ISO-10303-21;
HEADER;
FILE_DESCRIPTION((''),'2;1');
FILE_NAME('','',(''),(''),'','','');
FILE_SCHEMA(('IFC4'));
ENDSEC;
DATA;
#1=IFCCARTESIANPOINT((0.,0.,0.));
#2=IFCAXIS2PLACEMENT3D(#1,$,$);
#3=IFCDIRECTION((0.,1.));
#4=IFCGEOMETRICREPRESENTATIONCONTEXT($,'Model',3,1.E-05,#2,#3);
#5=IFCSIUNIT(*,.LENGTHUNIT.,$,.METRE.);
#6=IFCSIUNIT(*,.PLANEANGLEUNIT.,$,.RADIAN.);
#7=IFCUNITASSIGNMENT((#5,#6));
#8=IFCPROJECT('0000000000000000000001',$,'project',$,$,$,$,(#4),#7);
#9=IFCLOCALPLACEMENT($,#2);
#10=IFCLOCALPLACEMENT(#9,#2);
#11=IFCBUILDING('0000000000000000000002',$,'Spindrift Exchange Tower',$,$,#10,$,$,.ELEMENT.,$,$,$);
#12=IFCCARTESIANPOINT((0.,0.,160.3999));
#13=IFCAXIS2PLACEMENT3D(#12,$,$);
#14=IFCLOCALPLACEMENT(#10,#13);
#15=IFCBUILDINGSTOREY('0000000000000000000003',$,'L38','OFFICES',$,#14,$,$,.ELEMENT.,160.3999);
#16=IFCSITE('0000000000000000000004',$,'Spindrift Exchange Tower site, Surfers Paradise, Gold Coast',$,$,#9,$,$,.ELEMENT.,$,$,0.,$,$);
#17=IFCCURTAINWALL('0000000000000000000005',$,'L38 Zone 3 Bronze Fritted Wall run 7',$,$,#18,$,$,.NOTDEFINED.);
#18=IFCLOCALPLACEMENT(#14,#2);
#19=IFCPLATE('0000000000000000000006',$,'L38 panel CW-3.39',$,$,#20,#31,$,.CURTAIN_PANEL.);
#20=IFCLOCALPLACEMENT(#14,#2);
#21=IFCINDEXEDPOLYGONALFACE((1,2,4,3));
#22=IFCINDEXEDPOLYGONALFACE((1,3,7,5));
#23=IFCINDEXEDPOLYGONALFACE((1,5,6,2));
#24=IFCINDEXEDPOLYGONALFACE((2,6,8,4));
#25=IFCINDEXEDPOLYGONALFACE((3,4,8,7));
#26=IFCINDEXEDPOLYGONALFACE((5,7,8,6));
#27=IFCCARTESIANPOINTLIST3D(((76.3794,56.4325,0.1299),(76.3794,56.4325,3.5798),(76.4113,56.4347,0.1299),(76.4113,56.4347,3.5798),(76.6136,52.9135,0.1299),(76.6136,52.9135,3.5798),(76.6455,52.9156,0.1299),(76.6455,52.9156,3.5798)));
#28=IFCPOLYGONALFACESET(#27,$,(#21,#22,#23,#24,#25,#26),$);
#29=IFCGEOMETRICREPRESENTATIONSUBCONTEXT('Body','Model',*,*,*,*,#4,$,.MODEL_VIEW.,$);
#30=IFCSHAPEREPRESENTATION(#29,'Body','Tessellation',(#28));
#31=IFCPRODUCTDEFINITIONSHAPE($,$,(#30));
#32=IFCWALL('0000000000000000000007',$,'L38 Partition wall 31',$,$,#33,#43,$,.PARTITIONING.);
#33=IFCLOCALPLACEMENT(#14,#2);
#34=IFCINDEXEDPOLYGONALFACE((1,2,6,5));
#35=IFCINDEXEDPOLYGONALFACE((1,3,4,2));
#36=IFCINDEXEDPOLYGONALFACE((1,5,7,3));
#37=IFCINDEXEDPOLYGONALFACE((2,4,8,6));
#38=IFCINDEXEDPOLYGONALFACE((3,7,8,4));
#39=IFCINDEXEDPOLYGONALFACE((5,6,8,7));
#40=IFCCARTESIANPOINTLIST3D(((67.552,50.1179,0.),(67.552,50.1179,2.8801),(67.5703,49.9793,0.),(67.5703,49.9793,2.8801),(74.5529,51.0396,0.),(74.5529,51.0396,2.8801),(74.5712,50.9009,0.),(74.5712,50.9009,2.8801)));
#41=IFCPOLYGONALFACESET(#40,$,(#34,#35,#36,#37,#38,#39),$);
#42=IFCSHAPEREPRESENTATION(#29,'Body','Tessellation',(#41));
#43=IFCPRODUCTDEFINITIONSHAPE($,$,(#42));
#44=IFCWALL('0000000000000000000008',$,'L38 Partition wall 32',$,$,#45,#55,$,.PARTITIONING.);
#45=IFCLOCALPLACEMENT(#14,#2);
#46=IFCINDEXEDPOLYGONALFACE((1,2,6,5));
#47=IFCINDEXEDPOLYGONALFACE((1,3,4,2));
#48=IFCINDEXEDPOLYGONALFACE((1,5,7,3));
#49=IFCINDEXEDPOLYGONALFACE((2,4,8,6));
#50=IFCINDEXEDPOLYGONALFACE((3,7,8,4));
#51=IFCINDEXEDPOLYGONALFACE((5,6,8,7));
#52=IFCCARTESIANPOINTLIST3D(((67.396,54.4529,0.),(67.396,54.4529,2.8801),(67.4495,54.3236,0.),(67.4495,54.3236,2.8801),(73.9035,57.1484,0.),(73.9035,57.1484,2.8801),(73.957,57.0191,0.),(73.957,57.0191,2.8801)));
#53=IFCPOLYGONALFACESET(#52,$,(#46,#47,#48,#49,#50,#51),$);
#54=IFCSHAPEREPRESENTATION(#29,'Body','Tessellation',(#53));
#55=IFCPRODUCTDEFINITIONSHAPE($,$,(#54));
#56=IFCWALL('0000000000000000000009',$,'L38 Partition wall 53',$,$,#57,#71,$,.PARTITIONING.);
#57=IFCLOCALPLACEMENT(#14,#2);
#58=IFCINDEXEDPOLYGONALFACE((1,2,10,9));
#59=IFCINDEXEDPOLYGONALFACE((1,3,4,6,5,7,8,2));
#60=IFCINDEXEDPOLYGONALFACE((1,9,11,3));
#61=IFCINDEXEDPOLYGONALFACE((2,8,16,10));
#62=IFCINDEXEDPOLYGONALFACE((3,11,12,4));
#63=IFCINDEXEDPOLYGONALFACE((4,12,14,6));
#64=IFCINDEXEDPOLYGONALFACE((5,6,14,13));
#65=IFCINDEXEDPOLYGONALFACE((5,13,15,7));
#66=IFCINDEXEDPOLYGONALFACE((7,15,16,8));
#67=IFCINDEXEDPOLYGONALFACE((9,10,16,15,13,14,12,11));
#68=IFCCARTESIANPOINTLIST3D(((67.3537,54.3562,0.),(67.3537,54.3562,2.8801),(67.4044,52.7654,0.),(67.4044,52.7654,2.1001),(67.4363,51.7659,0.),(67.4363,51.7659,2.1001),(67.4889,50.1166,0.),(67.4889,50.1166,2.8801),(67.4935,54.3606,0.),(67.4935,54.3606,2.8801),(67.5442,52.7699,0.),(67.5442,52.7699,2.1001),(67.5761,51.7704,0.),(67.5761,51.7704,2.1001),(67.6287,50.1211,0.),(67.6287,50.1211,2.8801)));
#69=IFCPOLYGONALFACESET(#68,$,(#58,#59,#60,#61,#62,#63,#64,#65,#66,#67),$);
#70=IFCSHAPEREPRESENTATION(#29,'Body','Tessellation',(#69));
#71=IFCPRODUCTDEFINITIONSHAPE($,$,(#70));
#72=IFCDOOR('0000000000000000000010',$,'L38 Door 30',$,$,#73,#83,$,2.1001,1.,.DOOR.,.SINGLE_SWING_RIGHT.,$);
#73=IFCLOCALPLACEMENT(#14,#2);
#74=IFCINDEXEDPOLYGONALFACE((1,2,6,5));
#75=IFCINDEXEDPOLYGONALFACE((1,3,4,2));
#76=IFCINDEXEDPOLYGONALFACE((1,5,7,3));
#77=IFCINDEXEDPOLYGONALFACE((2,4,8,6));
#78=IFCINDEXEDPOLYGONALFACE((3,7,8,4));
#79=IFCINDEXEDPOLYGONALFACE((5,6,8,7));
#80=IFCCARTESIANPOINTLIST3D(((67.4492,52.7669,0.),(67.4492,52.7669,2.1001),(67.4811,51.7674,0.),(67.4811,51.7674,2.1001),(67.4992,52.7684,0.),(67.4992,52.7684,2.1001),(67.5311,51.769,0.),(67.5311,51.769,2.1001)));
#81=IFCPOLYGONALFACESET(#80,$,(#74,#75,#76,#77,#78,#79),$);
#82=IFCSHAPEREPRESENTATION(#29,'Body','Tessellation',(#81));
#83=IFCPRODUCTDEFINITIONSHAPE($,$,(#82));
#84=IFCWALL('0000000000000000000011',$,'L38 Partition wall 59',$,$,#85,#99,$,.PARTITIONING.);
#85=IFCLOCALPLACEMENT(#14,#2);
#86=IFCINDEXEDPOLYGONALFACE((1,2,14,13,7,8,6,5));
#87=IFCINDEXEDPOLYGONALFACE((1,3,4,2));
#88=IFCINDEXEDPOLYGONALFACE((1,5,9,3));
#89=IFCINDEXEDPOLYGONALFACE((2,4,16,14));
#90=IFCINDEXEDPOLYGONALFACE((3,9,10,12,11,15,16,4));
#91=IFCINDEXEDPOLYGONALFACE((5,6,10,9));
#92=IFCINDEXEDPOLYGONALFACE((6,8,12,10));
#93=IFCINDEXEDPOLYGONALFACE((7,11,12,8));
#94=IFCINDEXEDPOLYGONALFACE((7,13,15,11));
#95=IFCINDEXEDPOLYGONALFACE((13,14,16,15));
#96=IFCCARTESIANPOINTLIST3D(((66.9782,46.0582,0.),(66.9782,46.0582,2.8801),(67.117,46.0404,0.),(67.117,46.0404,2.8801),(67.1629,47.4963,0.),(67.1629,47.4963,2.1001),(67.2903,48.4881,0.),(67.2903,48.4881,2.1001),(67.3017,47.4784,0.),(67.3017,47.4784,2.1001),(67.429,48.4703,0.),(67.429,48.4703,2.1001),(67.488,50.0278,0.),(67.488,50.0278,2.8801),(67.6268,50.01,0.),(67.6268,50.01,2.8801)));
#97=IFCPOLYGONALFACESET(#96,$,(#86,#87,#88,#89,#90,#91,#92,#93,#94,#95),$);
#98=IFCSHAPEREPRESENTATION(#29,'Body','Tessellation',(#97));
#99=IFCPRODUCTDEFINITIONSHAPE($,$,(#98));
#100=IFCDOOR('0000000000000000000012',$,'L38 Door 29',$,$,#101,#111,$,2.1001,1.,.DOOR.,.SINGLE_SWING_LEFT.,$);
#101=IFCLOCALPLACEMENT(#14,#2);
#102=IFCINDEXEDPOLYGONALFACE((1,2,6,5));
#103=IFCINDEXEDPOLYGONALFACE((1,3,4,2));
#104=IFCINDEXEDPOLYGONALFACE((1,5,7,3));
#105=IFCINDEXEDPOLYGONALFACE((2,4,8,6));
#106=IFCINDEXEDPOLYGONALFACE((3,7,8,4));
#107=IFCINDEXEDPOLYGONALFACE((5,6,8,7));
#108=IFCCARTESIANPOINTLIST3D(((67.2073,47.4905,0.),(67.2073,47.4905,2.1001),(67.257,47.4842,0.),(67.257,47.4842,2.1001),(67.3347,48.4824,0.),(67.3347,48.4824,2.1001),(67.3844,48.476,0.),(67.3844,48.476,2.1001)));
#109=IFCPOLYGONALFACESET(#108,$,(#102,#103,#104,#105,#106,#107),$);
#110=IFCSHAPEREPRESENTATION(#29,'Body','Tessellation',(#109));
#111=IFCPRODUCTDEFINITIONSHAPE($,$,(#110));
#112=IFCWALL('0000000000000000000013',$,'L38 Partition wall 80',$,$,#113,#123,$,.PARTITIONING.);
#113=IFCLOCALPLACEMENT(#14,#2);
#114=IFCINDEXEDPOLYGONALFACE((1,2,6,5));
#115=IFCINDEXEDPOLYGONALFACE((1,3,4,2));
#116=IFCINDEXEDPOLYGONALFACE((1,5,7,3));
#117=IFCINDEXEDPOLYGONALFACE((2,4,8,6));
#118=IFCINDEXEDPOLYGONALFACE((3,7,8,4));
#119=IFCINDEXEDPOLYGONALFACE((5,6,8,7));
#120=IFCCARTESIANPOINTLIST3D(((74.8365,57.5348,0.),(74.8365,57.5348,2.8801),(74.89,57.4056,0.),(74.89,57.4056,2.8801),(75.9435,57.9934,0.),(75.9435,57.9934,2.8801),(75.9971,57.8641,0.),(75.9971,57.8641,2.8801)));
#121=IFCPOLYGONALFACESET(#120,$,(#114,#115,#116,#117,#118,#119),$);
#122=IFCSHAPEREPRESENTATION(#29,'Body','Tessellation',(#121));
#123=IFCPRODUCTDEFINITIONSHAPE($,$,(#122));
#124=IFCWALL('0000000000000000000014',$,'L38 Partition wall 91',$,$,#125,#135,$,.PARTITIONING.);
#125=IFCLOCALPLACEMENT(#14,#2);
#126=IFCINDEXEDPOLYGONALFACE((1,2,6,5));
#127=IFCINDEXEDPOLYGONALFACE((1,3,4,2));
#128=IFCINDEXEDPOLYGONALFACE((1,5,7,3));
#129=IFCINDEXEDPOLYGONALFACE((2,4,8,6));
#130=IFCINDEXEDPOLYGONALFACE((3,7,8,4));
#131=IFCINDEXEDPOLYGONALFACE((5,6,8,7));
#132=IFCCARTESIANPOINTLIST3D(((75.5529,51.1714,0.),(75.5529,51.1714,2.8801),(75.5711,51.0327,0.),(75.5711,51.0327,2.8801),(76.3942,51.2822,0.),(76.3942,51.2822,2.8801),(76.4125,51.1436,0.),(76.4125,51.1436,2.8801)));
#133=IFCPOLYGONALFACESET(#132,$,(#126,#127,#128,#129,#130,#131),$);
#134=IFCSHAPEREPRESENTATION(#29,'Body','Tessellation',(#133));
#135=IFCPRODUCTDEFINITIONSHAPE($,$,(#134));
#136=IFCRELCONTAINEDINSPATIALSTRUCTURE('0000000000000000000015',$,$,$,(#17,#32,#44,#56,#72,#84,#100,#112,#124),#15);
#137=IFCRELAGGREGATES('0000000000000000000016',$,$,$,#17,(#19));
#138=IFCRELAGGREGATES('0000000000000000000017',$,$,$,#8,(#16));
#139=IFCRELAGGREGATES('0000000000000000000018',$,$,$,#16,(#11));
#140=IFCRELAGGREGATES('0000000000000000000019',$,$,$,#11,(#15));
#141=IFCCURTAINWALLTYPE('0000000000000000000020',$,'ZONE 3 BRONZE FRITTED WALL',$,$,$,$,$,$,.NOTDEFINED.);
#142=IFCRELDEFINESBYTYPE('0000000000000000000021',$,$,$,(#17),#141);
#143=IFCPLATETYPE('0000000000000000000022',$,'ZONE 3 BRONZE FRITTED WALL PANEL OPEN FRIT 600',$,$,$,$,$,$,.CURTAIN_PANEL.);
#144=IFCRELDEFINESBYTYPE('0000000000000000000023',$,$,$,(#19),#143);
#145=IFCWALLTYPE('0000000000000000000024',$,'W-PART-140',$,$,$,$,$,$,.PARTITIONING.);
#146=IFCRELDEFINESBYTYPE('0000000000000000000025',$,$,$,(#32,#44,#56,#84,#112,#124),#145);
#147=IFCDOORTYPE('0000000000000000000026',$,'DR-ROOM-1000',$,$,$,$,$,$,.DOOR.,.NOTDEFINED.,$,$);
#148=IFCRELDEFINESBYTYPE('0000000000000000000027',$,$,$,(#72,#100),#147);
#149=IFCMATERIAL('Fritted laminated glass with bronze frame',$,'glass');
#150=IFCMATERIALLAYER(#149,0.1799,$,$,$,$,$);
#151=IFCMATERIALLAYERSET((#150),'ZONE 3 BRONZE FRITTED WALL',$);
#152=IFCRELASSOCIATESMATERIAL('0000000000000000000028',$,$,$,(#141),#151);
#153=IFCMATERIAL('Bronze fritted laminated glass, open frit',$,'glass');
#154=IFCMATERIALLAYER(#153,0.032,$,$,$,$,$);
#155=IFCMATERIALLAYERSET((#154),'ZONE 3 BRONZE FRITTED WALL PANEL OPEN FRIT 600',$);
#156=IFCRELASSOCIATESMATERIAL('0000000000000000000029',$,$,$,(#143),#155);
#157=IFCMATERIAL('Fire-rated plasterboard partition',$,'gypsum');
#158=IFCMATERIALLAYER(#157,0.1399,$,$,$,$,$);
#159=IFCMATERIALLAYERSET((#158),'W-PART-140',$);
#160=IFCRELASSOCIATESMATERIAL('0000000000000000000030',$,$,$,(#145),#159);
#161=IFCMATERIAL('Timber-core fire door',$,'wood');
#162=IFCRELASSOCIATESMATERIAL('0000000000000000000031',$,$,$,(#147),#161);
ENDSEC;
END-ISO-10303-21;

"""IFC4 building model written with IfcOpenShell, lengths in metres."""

from ifc_helpers import new_model, si_unit, direction, frame, frame_2d, origin, origin_2d, place, context, subcontext, project, spatial, rectangle, extrude, source, transform, mapped, material, layer, layer_set, type_object, element, fill, aggregate, save


model = new_model("IFC4")

# Units and contexts
model_context = context("Model", 3, precision=1e-05, world=origin(), true_north=direction((0.0, 1.0)))
body_context = subcontext(model_context, "Body", "Model", "MODEL_VIEW")
ifc_project = project(units=[si_unit("LENGTHUNIT", "METRE"), si_unit("PLANEANGLEUNIT", "RADIAN")], contexts=[model_context])

# Site, building, storey
site_placement = place(None, origin())
site = spatial("IfcSite", under=ifc_project, at=site_placement, Name="Spindrift Exchange Tower site, Surfers Paradise, Gold Coast", CompositionType="ELEMENT", RefElevation=0.0)
building_placement = place(site_placement, origin())
building = spatial("IfcBuilding", under=site, at=building_placement, Name="Spindrift Exchange Tower", CompositionType="ELEMENT")
storey_placement = place(building_placement, frame((0.0, 0.0, 160.3999)))
storey = spatial("IfcBuildingStorey", under=building, at=storey_placement, Name="L38", Description="OFFICES", CompositionType="ELEMENT", Elevation=160.3999)

# Curtain wall, plate
ifc_material_1 = material(Name="Fritted laminated glass with bronze frame", Category="glass")
ifc_layer_1 = layer(ifc_material_1, 0.1799)
ifc_layer_set_1 = layer_set([ifc_layer_1], Name="ZONE 3 BRONZE FRITTED WALL")
curtain_wall_type = type_object("IfcCurtainWallType", Name="ZONE 3 BRONZE FRITTED WALL", PredefinedType="NOTDEFINED", material=ifc_layer_set_1)
curtain_wall_placement = place(storey_placement, origin())
curtain_wall = element("IfcCurtainWall", 1, at=curtain_wall_placement, inside=storey, type_object=curtain_wall_type, Name="L38 Zone 3 Bronze Fritted Wall run 7", PredefinedType="NOTDEFINED")
ifc_material_2 = material(Name="Bronze fritted laminated glass, open frit", Category="glass")
ifc_layer_2 = layer(ifc_material_2, 0.032)
ifc_layer_set_2 = layer_set([ifc_layer_2], Name="ZONE 3 BRONZE FRITTED WALL PANEL OPEN FRIT 600")
plate_type_1 = type_object("IfcPlateType", Name="ZONE 3 BRONZE FRITTED WALL PANEL OPEN FRIT 600", PredefinedType="CURTAIN_PANEL", material=ifc_layer_set_2)
shared_shape_1 = source(origin(), body_context, "Body", "SweptSolid", [
    extrude(rectangle(XDim=3.5269, YDim=0.032, at=origin_2d()), origin(), (0.0, 0.0, 1.0), 3.45),
])
plate_1_placement = place(storey_placement, frame((76.5125, 54.6741, 0.1299), z_axis=(0.0, 0.0, 1.0), x_axis=(-0.066391, 0.997794, 0.0)))
plate_1 = element("IfcPlate", 2, at=plate_1_placement, type_object=plate_type_1, Name="L38 panel CW-3.39", PredefinedType="CURTAIN_PANEL", context=body_context, shape_type="MappedRepresentation", body=[
    mapped(shared_shape_1, transform((0.0, 0.0, 0.0), scale=1.0)),
])
aggregate(curtain_wall, [plate_1])

# Walls
ifc_material_3 = material(Name="Fire-rated plasterboard partition", Category="gypsum")
ifc_layer_3 = layer(ifc_material_3, 0.1399)
ifc_layer_set_3 = layer_set([ifc_layer_3], Name="W-PART-140")
wall_type = type_object("IfcWallType", Name="W-PART-140", PredefinedType="PARTITIONING", material=ifc_layer_set_3)
wall_1_placement = place(storey_placement, frame((67.561, 50.0486, 0.0), z_axis=(0.0, 0.0, 1.0), x_axis=(0.991446, 0.130517, 0.0)))
element("IfcWall", 3, at=wall_1_placement, inside=storey, type_object=wall_type, Name="L38 Partition wall 31", PredefinedType="PARTITIONING", context=body_context, shape_type="SweptSolid", body=[
    extrude(rectangle(XDim=7.0613, YDim=0.1399, at=frame_2d((3.5308, 0.0))), origin(), (0.0, 0.0, 1.0), 2.8801),
])
wall_2_placement = place(storey_placement, frame((67.4226, 54.3882, 0.0), z_axis=(0.0, 0.0, 1.0), x_axis=(0.923878, 0.382688, 0.0)))
element("IfcWall", 4, at=wall_2_placement, inside=storey, type_object=wall_type, Name="L38 Partition wall 32", PredefinedType="PARTITIONING", context=body_context, shape_type="SweptSolid", body=[
    extrude(rectangle(XDim=7.0437, YDim=0.1399, at=frame_2d((3.522, 0.0))), origin(), (0.0, 0.0, 1.0), 2.8801),
])

# Walls, openings, doors
wall_3_placement = place(storey_placement, frame((67.4236, 54.3584, 0.0), z_axis=(0.0, 0.0, 1.0), x_axis=(0.031887, -0.999491, 0.0)))
wall_3 = element("IfcWall", 5, at=wall_3_placement, inside=storey, type_object=wall_type, Name="L38 Partition wall 53", PredefinedType="PARTITIONING", context=body_context, shape_type="SweptSolid", body=[
    extrude(rectangle(XDim=4.2417, YDim=0.1399, at=frame_2d((2.1208, 0.0))), origin(), (0.0, 0.0, 1.0), 2.8801),
])
opening_1_placement = place(wall_3_placement, frame((1.5916, 0.0, 0.0)))
opening_1 = element("IfcOpeningElement", 6, at=opening_1_placement, cuts=wall_3, PredefinedType="OPENING", context=body_context, shape_type="SweptSolid", body=[
    extrude(rectangle(XDim=1.0, YDim=2.1001, at=frame_2d((0.5, 1.05))), frame((0.0, 0.0798, 0.0), z_axis=(0.0, -1.0, 0.0), x_axis=(1.0, 0.0, 0.0)), (0.0, 0.0, 1.0), 0.1599),
])
ifc_material_4 = material(Name="Timber-core fire door", Category="wood")
door_type = type_object("IfcDoorType", Name="DR-ROOM-1000", OperationType="NOTDEFINED", PredefinedType="DOOR", material=ifc_material_4)
shared_shape_2 = source(origin(), body_context, "Body", "SweptSolid", [
    extrude(rectangle(XDim=1.0, YDim=2.1001, at=frame_2d((0.5, 1.05))), frame((0.0, 0.0249, 0.0), z_axis=(0.0, -1.0, 0.0), x_axis=(1.0, 0.0, 0.0)), (0.0, 0.0, 1.0), 0.05),
])
door_1_placement = place(opening_1_placement, origin())
door_1 = element("IfcDoor", 7, at=door_1_placement, inside=storey, type_object=door_type, Name="L38 Door 30", OperationType="SINGLE_SWING_RIGHT", OverallHeight=2.1001, OverallWidth=1.0, PredefinedType="DOOR", context=body_context, shape_type="MappedRepresentation", body=[
    mapped(shared_shape_2, transform((0.0, 0.0, 0.0), scale=1.0)),
])
fill(opening_1, door_1)
wall_4_placement = place(storey_placement, frame((67.5574, 50.0188, 0.0), z_axis=(0.0, 0.0, 1.0), x_axis=(-0.127375, -0.991855, 0.0)))
wall_4 = element("IfcWall", 8, at=wall_4_placement, inside=storey, type_object=wall_type, Name="L38 Partition wall 59", PredefinedType="PARTITIONING", context=body_context, shape_type="SweptSolid", body=[
    extrude(rectangle(XDim=4.0022, YDim=0.1399, at=frame_2d((2.001, 0.0))), origin(), (0.0, 0.0, 1.0), 2.8801),
])
opening_2_placement = place(wall_4_placement, frame((1.5522, 0.0, 0.0)))
opening_2 = element("IfcOpeningElement", 9, at=opening_2_placement, cuts=wall_4, PredefinedType="OPENING", context=body_context, shape_type="SweptSolid", body=[
    extrude(rectangle(XDim=1.0, YDim=2.1001, at=frame_2d((0.5, 1.05))), frame((0.0, 0.0798, 0.0), z_axis=(0.0, -1.0, 0.0), x_axis=(1.0, 0.0, 0.0)), (0.0, 0.0, 1.0), 0.1599),
])
door_2_placement = place(opening_2_placement, origin())
door_2 = element("IfcDoor", 10, at=door_2_placement, inside=storey, type_object=door_type, Name="L38 Door 29", OperationType="SINGLE_SWING_LEFT", OverallHeight=2.1001, OverallWidth=1.0, PredefinedType="DOOR", context=body_context, shape_type="MappedRepresentation", body=[
    mapped(shared_shape_2, transform((0.0, 0.0, 0.0), scale=1.0)),
])
fill(opening_2, door_2)

# Walls
wall_5_placement = place(storey_placement, frame((74.8633, 57.4702, 0.0), z_axis=(0.0, 0.0, 1.0), x_axis=(0.923883, 0.382676, 0.0)))
element("IfcWall", 11, at=wall_5_placement, inside=storey, type_object=wall_type, Name="L38 Partition wall 80", PredefinedType="PARTITIONING", context=body_context, shape_type="SweptSolid", body=[
    extrude(rectangle(XDim=1.1982, YDim=0.1399, at=frame_2d((0.5991, 0.0))), origin(), (0.0, 0.0, 1.0), 2.8801),
])
wall_6_placement = place(storey_placement, frame((75.562, 51.1021, 0.0), z_axis=(0.0, 0.0, 1.0), x_axis=(0.991433, 0.130618, 0.0)))
element("IfcWall", 12, at=wall_6_placement, inside=storey, type_object=wall_type, Name="L38 Partition wall 91", PredefinedType="PARTITIONING", context=body_context, shape_type="SweptSolid", body=[
    extrude(rectangle(XDim=0.8486, YDim=0.1399, at=frame_2d((0.4243, 0.0))), origin(), (0.0, 0.0, 1.0), 2.8801),
])

save(model, "model.ifc")
